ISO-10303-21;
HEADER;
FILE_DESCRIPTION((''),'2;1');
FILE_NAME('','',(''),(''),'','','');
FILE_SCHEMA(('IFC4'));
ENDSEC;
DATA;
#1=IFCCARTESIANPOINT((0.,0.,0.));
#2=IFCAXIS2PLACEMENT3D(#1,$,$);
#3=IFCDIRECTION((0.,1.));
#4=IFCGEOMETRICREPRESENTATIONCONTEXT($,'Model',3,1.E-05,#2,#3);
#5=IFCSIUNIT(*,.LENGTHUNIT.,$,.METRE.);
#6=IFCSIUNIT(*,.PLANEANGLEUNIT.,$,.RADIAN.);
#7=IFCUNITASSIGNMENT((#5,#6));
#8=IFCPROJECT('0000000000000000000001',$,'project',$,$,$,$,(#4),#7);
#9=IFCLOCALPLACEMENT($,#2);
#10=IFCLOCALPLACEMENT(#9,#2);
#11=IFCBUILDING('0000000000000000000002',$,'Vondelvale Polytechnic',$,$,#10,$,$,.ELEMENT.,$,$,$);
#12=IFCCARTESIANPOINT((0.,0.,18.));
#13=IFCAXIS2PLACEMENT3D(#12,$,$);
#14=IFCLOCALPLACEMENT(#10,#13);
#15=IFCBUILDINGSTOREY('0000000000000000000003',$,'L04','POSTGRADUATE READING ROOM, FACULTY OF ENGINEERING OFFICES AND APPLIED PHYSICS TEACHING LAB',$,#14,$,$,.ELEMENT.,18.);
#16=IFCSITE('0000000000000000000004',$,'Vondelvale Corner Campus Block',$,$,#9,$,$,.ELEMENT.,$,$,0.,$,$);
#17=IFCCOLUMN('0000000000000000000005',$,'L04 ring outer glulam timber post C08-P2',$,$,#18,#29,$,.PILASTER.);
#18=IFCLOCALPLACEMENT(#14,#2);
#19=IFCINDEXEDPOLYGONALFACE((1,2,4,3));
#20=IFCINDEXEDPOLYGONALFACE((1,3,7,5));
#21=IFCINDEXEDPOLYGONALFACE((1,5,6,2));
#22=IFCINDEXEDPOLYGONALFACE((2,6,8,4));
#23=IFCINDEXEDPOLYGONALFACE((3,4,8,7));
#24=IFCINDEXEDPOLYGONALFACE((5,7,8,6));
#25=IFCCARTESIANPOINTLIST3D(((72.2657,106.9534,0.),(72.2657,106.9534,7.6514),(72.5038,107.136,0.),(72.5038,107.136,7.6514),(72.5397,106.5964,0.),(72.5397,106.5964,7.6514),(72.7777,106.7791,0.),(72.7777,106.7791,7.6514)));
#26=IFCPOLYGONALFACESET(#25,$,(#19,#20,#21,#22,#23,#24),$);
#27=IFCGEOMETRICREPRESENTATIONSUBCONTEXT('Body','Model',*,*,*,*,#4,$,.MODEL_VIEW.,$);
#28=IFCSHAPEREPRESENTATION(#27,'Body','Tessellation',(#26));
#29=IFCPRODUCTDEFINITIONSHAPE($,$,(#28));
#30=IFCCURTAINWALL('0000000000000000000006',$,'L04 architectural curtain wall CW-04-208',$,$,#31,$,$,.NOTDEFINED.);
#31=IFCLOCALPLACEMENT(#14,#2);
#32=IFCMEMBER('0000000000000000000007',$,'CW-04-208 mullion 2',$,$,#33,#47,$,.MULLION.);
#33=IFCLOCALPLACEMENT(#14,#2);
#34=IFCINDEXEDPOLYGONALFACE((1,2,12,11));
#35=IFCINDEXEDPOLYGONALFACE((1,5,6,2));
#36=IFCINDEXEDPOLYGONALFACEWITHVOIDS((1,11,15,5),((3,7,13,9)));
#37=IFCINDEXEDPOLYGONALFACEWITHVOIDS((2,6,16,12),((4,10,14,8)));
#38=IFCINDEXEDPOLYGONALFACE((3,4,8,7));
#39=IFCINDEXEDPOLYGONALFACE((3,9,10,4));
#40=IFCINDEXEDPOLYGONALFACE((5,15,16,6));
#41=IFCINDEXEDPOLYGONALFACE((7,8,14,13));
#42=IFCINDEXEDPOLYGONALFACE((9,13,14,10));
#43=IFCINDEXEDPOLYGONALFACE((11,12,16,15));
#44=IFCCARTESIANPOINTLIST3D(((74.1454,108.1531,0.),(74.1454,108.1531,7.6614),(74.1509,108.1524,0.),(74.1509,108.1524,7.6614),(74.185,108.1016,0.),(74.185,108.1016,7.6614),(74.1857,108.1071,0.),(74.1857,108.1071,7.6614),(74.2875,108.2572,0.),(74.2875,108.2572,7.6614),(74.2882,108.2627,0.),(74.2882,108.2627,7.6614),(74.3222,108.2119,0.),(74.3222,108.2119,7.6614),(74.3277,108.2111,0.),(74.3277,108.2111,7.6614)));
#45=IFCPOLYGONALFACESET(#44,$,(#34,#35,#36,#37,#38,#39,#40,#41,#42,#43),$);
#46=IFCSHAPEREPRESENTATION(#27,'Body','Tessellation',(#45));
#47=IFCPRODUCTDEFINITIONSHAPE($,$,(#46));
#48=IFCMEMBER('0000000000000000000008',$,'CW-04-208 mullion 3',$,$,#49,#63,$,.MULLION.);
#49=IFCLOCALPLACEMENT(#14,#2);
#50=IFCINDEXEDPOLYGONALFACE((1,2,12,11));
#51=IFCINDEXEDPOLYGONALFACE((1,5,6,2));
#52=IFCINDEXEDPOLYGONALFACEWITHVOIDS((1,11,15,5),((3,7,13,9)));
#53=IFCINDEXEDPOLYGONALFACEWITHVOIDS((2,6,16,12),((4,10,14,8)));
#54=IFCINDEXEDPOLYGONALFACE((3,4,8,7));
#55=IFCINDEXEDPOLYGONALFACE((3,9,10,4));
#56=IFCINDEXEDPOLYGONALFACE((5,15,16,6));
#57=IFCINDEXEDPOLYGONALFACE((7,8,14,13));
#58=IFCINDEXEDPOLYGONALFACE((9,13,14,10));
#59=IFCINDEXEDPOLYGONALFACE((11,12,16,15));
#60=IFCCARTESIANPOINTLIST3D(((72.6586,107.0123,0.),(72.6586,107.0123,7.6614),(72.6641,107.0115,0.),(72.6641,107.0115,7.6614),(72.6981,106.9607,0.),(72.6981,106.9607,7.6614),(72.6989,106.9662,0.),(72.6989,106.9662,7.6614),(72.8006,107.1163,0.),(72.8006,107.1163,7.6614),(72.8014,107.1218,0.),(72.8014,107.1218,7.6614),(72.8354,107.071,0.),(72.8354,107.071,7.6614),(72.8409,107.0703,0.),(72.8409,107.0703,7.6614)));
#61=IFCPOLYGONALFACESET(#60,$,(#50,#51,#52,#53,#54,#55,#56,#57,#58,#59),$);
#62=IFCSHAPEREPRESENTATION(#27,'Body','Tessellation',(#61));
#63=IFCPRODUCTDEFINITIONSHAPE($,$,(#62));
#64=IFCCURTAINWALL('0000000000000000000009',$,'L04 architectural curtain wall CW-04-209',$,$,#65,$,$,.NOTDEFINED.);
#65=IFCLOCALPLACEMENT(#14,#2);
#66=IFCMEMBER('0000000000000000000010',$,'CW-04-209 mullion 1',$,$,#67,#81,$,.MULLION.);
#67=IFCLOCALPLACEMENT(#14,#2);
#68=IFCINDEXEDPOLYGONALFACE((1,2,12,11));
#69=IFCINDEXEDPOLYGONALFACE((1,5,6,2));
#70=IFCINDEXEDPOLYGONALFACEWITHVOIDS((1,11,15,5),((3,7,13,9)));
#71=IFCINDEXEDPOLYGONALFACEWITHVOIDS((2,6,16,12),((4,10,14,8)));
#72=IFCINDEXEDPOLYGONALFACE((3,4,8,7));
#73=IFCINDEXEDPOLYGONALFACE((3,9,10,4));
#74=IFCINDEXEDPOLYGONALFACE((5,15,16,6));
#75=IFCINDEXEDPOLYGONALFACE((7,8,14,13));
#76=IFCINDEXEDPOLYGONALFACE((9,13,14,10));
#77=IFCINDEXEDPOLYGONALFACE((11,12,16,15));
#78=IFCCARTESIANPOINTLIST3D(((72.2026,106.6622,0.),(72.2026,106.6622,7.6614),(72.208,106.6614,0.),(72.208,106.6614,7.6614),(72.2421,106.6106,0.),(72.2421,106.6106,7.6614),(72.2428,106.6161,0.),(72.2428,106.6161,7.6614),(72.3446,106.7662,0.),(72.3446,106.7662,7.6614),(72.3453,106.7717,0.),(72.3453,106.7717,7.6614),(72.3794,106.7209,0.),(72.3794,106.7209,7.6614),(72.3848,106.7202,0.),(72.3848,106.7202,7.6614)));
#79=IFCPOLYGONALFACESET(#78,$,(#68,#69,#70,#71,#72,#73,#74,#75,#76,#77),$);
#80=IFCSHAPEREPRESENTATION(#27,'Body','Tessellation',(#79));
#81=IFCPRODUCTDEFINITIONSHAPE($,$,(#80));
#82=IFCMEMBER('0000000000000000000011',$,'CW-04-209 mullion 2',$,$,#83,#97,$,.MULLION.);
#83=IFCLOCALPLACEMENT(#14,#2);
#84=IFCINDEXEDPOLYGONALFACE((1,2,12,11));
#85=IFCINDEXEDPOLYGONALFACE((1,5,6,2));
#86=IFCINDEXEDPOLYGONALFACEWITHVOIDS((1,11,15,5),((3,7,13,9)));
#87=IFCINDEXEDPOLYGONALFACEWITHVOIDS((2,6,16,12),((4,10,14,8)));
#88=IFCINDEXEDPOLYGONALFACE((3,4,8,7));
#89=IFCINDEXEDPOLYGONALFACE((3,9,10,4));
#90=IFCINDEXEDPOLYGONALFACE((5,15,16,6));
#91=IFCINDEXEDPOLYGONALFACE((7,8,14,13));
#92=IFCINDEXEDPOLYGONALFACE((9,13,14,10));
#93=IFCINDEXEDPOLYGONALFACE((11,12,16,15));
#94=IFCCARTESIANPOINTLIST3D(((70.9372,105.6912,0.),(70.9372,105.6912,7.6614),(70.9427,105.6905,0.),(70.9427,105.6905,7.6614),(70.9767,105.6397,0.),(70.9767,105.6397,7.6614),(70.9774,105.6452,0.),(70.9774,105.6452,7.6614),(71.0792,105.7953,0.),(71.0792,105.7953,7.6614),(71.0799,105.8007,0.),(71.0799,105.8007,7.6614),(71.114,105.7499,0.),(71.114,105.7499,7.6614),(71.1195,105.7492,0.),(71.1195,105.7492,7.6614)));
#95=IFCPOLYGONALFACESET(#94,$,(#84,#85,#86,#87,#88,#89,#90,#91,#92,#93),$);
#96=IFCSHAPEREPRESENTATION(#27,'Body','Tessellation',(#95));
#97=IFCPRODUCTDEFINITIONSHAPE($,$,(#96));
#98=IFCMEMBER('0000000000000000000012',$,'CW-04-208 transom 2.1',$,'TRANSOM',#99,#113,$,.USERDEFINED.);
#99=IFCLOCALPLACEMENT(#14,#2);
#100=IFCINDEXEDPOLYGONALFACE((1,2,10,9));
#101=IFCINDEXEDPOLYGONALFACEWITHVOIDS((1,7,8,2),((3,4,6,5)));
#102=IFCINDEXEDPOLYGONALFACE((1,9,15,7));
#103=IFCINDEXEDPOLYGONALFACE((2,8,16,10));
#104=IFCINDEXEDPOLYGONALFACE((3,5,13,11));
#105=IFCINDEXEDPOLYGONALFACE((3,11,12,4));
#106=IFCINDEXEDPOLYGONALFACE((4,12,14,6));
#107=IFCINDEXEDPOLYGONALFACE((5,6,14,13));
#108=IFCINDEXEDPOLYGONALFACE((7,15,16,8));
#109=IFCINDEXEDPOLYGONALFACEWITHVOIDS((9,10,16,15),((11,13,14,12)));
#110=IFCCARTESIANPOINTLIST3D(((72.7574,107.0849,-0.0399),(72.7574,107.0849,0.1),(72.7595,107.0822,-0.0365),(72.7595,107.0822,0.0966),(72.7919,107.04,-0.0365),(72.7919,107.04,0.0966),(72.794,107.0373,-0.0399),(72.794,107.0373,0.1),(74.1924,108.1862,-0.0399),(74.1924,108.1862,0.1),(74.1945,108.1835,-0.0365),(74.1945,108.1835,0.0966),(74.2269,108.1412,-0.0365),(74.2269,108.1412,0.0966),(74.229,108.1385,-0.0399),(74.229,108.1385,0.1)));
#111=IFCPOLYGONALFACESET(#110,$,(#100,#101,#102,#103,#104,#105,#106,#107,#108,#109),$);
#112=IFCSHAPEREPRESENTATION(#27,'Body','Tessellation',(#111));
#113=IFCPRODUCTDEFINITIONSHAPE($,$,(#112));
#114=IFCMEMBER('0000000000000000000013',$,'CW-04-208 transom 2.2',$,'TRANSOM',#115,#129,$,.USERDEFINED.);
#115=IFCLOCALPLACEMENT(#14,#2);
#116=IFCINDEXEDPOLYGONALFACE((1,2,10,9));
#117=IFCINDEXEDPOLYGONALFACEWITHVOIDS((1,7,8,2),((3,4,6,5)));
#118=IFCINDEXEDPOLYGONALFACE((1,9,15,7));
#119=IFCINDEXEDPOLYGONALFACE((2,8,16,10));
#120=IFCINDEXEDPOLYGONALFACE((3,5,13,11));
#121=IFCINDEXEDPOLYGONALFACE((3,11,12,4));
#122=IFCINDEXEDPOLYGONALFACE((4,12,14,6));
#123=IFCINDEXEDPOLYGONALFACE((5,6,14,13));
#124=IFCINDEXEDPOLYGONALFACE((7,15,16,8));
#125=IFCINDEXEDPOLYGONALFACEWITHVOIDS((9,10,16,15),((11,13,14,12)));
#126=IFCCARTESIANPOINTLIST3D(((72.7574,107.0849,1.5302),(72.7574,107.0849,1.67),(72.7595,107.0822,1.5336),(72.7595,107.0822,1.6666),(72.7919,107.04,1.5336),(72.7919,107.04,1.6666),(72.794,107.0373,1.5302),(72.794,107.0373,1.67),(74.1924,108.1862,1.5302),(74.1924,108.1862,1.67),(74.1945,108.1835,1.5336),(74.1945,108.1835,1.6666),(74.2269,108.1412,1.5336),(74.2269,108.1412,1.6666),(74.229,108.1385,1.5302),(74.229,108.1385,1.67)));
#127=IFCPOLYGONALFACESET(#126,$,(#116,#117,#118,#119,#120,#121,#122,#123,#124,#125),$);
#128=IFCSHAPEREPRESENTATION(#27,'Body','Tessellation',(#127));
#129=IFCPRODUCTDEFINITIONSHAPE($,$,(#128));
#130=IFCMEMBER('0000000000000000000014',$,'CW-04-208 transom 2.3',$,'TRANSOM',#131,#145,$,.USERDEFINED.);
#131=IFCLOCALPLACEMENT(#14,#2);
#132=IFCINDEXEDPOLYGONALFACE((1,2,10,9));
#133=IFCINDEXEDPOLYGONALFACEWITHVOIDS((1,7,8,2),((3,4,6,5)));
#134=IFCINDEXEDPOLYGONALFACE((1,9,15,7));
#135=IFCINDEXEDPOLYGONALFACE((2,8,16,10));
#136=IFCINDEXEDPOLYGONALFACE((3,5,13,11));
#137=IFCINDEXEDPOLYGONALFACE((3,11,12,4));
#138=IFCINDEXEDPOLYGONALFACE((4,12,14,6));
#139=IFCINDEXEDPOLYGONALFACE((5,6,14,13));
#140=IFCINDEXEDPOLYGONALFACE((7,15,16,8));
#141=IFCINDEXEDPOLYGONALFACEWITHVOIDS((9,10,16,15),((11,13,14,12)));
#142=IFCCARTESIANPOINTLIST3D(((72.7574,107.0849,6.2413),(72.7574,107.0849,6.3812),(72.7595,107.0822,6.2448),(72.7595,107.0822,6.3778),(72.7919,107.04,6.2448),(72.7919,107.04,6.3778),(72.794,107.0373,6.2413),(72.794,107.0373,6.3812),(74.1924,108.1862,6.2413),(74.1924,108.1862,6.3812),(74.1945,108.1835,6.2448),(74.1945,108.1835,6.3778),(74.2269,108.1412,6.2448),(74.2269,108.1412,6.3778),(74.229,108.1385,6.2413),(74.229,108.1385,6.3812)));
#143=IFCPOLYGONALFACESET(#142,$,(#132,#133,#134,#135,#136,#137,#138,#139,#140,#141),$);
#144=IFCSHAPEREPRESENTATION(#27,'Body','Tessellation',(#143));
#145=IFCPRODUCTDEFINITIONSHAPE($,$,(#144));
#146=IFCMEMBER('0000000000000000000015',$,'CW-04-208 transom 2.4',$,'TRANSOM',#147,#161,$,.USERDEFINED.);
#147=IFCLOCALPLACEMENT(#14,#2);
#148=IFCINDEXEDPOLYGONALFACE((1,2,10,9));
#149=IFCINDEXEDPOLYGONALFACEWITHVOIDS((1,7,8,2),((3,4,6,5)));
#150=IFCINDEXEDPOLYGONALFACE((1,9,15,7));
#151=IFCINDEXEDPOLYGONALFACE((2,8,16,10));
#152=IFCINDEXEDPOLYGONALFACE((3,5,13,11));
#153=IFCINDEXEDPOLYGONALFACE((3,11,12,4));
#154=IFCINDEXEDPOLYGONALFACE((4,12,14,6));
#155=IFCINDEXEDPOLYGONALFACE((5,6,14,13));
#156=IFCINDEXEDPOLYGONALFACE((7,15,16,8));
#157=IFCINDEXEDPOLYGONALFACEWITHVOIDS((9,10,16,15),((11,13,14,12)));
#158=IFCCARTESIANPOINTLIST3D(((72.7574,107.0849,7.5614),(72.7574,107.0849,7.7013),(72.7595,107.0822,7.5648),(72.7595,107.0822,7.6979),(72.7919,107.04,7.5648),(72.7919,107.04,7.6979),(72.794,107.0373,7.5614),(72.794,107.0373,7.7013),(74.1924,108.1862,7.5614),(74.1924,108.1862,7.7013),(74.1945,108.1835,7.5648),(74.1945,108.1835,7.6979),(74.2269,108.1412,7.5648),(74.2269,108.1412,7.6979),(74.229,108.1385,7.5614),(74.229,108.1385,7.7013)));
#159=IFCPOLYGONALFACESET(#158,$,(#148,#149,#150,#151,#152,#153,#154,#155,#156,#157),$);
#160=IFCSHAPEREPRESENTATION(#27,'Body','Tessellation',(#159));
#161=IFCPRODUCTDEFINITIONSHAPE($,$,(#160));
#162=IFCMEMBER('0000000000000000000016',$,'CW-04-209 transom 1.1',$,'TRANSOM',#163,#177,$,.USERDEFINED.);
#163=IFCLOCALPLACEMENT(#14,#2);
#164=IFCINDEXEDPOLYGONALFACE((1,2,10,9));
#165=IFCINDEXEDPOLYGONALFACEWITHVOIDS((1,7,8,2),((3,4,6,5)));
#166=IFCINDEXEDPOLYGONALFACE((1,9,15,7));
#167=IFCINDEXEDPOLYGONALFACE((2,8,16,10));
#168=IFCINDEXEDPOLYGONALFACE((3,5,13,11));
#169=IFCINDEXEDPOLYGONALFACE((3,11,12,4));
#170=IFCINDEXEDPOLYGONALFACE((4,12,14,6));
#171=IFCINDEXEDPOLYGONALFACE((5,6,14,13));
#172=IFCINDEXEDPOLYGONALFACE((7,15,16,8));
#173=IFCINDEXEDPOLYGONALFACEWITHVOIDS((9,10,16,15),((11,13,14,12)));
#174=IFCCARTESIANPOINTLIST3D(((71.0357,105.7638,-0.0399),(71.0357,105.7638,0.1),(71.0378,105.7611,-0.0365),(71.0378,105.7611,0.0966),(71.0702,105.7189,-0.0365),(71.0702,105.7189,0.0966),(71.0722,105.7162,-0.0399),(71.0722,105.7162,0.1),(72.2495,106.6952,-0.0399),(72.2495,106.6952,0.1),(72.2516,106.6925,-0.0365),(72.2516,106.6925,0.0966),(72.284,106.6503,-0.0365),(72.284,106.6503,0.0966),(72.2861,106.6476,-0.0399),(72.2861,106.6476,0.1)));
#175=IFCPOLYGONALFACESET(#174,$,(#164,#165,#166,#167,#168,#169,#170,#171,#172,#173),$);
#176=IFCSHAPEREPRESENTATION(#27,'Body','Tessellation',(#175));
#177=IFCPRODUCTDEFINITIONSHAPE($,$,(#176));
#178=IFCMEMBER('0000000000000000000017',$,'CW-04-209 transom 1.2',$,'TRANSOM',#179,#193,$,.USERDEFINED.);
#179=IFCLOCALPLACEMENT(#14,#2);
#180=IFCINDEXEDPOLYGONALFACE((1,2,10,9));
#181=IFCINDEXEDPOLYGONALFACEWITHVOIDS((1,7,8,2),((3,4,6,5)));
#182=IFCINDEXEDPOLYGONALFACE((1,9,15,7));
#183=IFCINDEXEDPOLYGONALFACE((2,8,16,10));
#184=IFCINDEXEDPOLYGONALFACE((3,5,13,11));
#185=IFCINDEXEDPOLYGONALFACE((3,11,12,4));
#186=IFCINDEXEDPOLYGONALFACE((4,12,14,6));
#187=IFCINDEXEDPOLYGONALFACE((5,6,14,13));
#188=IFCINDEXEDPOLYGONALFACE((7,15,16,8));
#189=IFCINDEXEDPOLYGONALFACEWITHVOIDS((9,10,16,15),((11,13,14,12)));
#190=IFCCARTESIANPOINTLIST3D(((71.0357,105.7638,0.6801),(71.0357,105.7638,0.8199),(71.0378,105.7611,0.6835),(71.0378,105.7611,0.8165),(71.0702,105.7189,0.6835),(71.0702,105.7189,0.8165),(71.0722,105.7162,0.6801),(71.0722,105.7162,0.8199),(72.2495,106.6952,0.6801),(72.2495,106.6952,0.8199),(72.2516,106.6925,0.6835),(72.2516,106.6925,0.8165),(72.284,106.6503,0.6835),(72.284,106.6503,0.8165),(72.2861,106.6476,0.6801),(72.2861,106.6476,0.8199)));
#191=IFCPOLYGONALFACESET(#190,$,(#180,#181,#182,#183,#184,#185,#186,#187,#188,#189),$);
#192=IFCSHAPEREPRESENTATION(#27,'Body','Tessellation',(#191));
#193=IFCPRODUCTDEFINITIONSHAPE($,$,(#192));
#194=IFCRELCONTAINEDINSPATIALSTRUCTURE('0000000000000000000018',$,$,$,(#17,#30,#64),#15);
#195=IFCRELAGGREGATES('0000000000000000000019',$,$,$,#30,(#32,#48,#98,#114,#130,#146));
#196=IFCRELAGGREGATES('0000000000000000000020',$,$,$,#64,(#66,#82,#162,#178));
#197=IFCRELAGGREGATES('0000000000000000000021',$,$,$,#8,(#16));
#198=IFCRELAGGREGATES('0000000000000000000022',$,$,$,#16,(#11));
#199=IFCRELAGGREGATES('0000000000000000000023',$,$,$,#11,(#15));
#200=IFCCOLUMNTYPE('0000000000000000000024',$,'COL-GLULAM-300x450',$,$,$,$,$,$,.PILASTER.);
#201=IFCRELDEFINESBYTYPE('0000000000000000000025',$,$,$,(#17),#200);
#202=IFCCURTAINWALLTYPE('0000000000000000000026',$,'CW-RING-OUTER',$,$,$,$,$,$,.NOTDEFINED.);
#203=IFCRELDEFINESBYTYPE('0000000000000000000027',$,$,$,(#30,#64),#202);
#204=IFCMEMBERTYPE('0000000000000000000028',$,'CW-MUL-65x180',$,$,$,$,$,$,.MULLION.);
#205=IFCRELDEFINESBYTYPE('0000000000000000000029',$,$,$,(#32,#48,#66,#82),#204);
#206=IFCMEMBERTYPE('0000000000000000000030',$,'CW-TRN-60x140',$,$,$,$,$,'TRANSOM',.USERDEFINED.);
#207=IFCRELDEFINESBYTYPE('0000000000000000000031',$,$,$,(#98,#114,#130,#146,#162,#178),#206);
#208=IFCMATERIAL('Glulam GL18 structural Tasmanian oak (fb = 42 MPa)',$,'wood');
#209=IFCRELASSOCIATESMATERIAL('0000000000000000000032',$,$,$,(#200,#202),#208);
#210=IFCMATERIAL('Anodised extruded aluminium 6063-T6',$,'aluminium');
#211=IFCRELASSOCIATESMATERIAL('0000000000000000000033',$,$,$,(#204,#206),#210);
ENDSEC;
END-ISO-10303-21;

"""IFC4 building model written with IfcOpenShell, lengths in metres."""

from ifc_helpers import new_model, si_unit, direction, frame, origin, origin_2d, place, context, subcontext, project, spatial, rectangle, hollow_rectangle, extrude, material, material_profile, profile_set, type_object, element, aggregate, save


model = new_model("IFC4")

# Units and contexts
model_context = context("Model", 3, precision=1e-05, world=origin(), true_north=direction((0.0, 1.0)))
body_context = subcontext(model_context, "Body", "Model", "MODEL_VIEW")
ifc_project = project(units=[si_unit("LENGTHUNIT", "METRE"), si_unit("PLANEANGLEUNIT", "RADIAN")], contexts=[model_context])

# Site, building, storey
site_placement = place(None, origin())
site = spatial("IfcSite", under=ifc_project, at=site_placement, Name="Vondelvale Corner Campus Block", CompositionType="ELEMENT", RefElevation=0.0)
building_placement = place(site_placement, origin())
building = spatial("IfcBuilding", under=site, at=building_placement, Name="Vondelvale Polytechnic", CompositionType="ELEMENT")
storey_placement = place(building_placement, frame((0.0, 0.0, 18.0)))
storey = spatial("IfcBuildingStorey", under=building, at=storey_placement, Name="L04", Description="POSTGRADUATE READING ROOM, FACULTY OF ENGINEERING OFFICES AND APPLIED PHYSICS TEACHING LAB", CompositionType="ELEMENT", Elevation=18.0)

# Column
ifc_material_1 = material(Name="Glulam GL18 structural Tasmanian oak (fb = 42 MPa)", Category="wood")
ifc_material_profile_1 = material_profile(ifc_material_1, rectangle(XDim=0.3, YDim=0.45, at=origin_2d()), Name="GL-POST-300x450")
ifc_profile_set_1 = profile_set([ifc_material_profile_1], Name="Glulam GL18 structural Tasmanian oak (fb = 42 MPa)")
column_type = type_object("IfcColumnType", Name="COL-GLULAM-300x450", PredefinedType="PILASTER", material=ifc_profile_set_1)
column_placement = place(storey_placement, frame((72.5217, 106.8662, 0.0), z_axis=(0.0, 0.0, 1.0), x_axis=(0.793353, 0.608761, 0.0)))
element("IfcColumn", 1, at=column_placement, inside=storey, type_object=column_type, Name="L04 ring outer glulam timber post C08-P2", PredefinedType="PILASTER", context=body_context, shape_type="SweptSolid", body=[
    extrude(rectangle(XDim=0.3, YDim=0.45, at=origin_2d()), origin(), (0.0, 0.0, 1.0), 7.6514),
])

# Curtain walls, members
curtain_wall_type = type_object("IfcCurtainWallType", Name="CW-RING-OUTER", PredefinedType="NOTDEFINED", material=ifc_material_1)
curtain_wall_1_placement = place(storey_placement, origin())
curtain_wall_1 = element("IfcCurtainWall", 2, at=curtain_wall_1_placement, inside=storey, type_object=curtain_wall_type, Name="L04 architectural curtain wall CW-04-208", PredefinedType="NOTDEFINED")
ifc_material_2 = material(Name="Anodised extruded aluminium 6063-T6", Category="aluminium")
ifc_material_profile_2 = material_profile(ifc_material_2, hollow_rectangle(XDim=0.0649, YDim=0.1799, WallThickness=0.0039, at=origin_2d()), Name="CW-MUL-180x65")
ifc_profile_set_2 = profile_set([ifc_material_profile_2], Name="Anodised extruded aluminium 6063-T6")
member_type_1 = type_object("IfcMemberType", Name="CW-MUL-65x180", PredefinedType="MULLION", material=ifc_profile_set_2)
member_1_placement = place(storey_placement, frame((74.2366, 108.1821, 0.0), z_axis=(0.0, 0.0, 1.0), x_axis=(0.608771, -0.793346, 0.0)))
member_1 = element("IfcMember", 3, at=member_1_placement, type_object=member_type_1, Name="CW-04-208 mullion 2", PredefinedType="MULLION", context=body_context, shape_type="SweptSolid", body=[
    extrude(hollow_rectangle(XDim=0.0649, YDim=0.1799, WallThickness=0.0039, at=origin_2d()), origin(), (0.0, 0.0, 1.0), 7.6614),
])
member_2_placement = place(storey_placement, frame((72.7498, 107.0413, 0.0), z_axis=(0.0, 0.0, 1.0), x_axis=(0.608771, -0.793346, 0.0)))
member_2 = element("IfcMember", 4, at=member_2_placement, type_object=member_type_1, Name="CW-04-208 mullion 3", PredefinedType="MULLION", context=body_context, shape_type="SweptSolid", body=[
    extrude(hollow_rectangle(XDim=0.0649, YDim=0.1799, WallThickness=0.0039, at=origin_2d()), origin(), (0.0, 0.0, 1.0), 7.6614),
])
curtain_wall_2_placement = place(storey_placement, origin())
curtain_wall_2 = element("IfcCurtainWall", 5, at=curtain_wall_2_placement, inside=storey, type_object=curtain_wall_type, Name="L04 architectural curtain wall CW-04-209", PredefinedType="NOTDEFINED")
member_3_placement = place(storey_placement, frame((72.2937, 106.6912, 0.0), z_axis=(0.0, 0.0, 1.0), x_axis=(0.608787, -0.793334, 0.0)))
member_3 = element("IfcMember", 6, at=member_3_placement, type_object=member_type_1, Name="CW-04-209 mullion 1", PredefinedType="MULLION", context=body_context, shape_type="SweptSolid", body=[
    extrude(hollow_rectangle(XDim=0.0649, YDim=0.1799, WallThickness=0.0039, at=origin_2d()), origin(), (0.0, 0.0, 1.0), 7.6614),
])
member_4_placement = place(storey_placement, frame((71.0283, 105.7202, 0.0), z_axis=(0.0, 0.0, 1.0), x_axis=(0.608787, -0.793334, 0.0)))
member_4 = element("IfcMember", 7, at=member_4_placement, type_object=member_type_1, Name="CW-04-209 mullion 2", PredefinedType="MULLION", context=body_context, shape_type="SweptSolid", body=[
    extrude(hollow_rectangle(XDim=0.0649, YDim=0.1799, WallThickness=0.0039, at=origin_2d()), origin(), (0.0, 0.0, 1.0), 7.6614),
])

# Members
ifc_material_profile_3 = material_profile(ifc_material_2, hollow_rectangle(XDim=0.0601, YDim=0.1399, WallThickness=0.0034, at=origin_2d()), Name="CW-TRN-140x60")
ifc_profile_set_3 = profile_set([ifc_material_profile_3], Name="Anodised extruded aluminium 6063-T6")
member_type_2 = type_object("IfcMemberType", Name="CW-TRN-60x140", ElementType="TRANSOM", PredefinedType="USERDEFINED", material=ifc_profile_set_3)
member_5_placement = place(storey_placement, frame((74.2107, 108.1624, 0.03), z_axis=(-0.793311, -0.608817, 0.0), x_axis=(0.608817, -0.793311, 0.0)))
member_5 = element("IfcMember", 8, at=member_5_placement, type_object=member_type_2, Name="CW-04-208 transom 2.1", ObjectType="TRANSOM", PredefinedType="USERDEFINED", context=body_context, shape_type="SweptSolid", body=[
    extrude(hollow_rectangle(XDim=0.0601, YDim=0.1399, WallThickness=0.0034, at=origin_2d()), origin(), (0.0, 0.0, 1.0), 1.8088),
])
member_6_placement = place(storey_placement, frame((74.2107, 108.1624, 1.6001), z_axis=(-0.793311, -0.608817, 0.0), x_axis=(0.608817, -0.793311, 0.0)))
member_6 = element("IfcMember", 9, at=member_6_placement, type_object=member_type_2, Name="CW-04-208 transom 2.2", ObjectType="TRANSOM", PredefinedType="USERDEFINED", context=body_context, shape_type="SweptSolid", body=[
    extrude(hollow_rectangle(XDim=0.0601, YDim=0.1399, WallThickness=0.0034, at=origin_2d()), origin(), (0.0, 0.0, 1.0), 1.8088),
])
member_7_placement = place(storey_placement, frame((74.2107, 108.1624, 6.3113), z_axis=(-0.793311, -0.608817, 0.0), x_axis=(0.608817, -0.793311, 0.0)))
member_7 = element("IfcMember", 10, at=member_7_placement, type_object=member_type_2, Name="CW-04-208 transom 2.3", ObjectType="TRANSOM", PredefinedType="USERDEFINED", context=body_context, shape_type="SweptSolid", body=[
    extrude(hollow_rectangle(XDim=0.0601, YDim=0.1399, WallThickness=0.0034, at=origin_2d()), origin(), (0.0, 0.0, 1.0), 1.8088),
])
member_8_placement = place(storey_placement, frame((74.2107, 108.1624, 7.6313), z_axis=(-0.793311, -0.608817, 0.0), x_axis=(0.608817, -0.793311, 0.0)))
member_8 = element("IfcMember", 11, at=member_8_placement, type_object=member_type_2, Name="CW-04-208 transom 2.4", ObjectType="TRANSOM", PredefinedType="USERDEFINED", context=body_context, shape_type="SweptSolid", body=[
    extrude(hollow_rectangle(XDim=0.0601, YDim=0.1399, WallThickness=0.0034, at=origin_2d()), origin(), (0.0, 0.0, 1.0), 1.8088),
])
member_9_placement = place(storey_placement, frame((72.2678, 106.6714, 0.03), z_axis=(-0.793365, -0.608746, 0.0), x_axis=(0.608746, -0.793365, 0.0)))
member_9 = element("IfcMember", 12, at=member_9_placement, type_object=member_type_2, Name="CW-04-209 transom 1.1", ObjectType="TRANSOM", PredefinedType="USERDEFINED", context=body_context, shape_type="SweptSolid", body=[
    extrude(hollow_rectangle(XDim=0.0601, YDim=0.1399, WallThickness=0.0034, at=origin_2d()), origin(), (0.0, 0.0, 1.0), 1.53),
])
member_10_placement = place(storey_placement, frame((72.2678, 106.6714, 0.75), z_axis=(-0.793365, -0.608746, 0.0), x_axis=(0.608746, -0.793365, 0.0)))
member_10 = element("IfcMember", 13, at=member_10_placement, type_object=member_type_2, Name="CW-04-209 transom 1.2", ObjectType="TRANSOM", PredefinedType="USERDEFINED", context=body_context, shape_type="SweptSolid", body=[
    extrude(hollow_rectangle(XDim=0.0601, YDim=0.1399, WallThickness=0.0034, at=origin_2d()), origin(), (0.0, 0.0, 1.0), 1.53),
])

aggregate(curtain_wall_1, [member_1, member_2, member_5, member_6, member_7, member_8])
aggregate(curtain_wall_2, [member_3, member_4, member_9, member_10])

save(model, "model.ifc")
